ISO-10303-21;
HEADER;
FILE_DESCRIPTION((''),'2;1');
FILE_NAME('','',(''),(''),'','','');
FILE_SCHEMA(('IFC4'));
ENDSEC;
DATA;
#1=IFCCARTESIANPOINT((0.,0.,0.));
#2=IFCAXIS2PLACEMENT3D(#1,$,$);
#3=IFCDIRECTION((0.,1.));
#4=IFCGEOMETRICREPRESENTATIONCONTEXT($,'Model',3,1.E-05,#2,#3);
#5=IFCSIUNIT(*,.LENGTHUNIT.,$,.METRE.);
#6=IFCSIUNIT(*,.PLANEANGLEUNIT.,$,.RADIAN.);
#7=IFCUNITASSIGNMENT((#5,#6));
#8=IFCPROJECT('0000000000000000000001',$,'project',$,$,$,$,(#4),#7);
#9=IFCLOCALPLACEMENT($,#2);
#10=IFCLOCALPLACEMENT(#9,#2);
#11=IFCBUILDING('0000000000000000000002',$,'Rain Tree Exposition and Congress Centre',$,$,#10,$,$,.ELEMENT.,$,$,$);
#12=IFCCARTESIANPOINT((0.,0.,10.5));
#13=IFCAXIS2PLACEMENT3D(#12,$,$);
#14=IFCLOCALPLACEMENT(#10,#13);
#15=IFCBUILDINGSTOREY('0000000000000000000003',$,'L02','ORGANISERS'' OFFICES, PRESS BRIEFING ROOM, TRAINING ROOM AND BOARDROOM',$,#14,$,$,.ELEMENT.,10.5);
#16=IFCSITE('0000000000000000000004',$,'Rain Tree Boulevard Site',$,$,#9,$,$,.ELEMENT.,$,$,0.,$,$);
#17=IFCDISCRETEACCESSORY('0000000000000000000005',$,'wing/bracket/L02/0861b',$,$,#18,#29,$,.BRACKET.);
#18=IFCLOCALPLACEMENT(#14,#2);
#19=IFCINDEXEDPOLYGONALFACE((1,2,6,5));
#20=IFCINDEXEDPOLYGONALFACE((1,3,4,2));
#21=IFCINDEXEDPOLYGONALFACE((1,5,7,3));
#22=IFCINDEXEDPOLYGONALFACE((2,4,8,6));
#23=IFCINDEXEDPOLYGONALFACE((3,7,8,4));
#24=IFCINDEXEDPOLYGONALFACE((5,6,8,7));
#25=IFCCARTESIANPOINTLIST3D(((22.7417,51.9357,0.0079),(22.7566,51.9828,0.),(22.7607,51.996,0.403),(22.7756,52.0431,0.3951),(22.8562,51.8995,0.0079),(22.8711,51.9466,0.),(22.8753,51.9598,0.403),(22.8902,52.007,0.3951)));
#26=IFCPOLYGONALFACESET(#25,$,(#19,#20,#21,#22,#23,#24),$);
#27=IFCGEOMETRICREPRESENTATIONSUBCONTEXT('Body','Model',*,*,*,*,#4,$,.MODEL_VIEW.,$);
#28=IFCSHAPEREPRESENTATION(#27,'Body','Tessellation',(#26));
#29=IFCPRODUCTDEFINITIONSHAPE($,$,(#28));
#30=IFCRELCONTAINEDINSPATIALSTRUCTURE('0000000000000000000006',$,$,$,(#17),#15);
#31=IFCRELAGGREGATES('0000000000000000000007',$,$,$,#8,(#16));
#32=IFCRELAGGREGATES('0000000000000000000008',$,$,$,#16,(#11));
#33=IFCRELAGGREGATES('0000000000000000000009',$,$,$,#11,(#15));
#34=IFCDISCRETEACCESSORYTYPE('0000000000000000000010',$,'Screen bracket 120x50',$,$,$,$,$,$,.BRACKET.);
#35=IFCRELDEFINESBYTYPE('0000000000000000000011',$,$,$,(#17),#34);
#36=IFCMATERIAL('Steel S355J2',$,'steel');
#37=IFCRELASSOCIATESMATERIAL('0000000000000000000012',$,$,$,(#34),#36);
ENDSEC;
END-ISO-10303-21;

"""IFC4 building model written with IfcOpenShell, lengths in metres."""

from ifc_helpers import new_model, si_unit, direction, frame, origin, origin_2d, place, context, subcontext, project, spatial, rectangle, extrude, material, material_profile, profile_set, type_object, element, save


model = new_model("IFC4")

# Units and contexts
model_context = context("Model", 3, precision=1e-05, world=origin(), true_north=direction((0.0, 1.0)))
body_context = subcontext(model_context, "Body", "Model", "MODEL_VIEW")
ifc_project = project(units=[si_unit("LENGTHUNIT", "METRE"), si_unit("PLANEANGLEUNIT", "RADIAN")], contexts=[model_context])

# Site, building, storey
site_placement = place(None, origin())
site = spatial("IfcSite", under=ifc_project, at=site_placement, Name="Rain Tree Boulevard Site", CompositionType="ELEMENT", RefElevation=0.0)
building_placement = place(site_placement, origin())
building = spatial("IfcBuilding", under=site, at=building_placement, Name="Rain Tree Exposition and Congress Centre", CompositionType="ELEMENT")
storey_placement = place(building_placement, frame((0.0, 0.0, 10.5)))
storey = spatial("IfcBuildingStorey", under=building, at=storey_placement, Name="L02", Description="ORGANISERS' OFFICES, PRESS BRIEFING ROOM, TRAINING ROOM AND BOARDROOM", CompositionType="ELEMENT", Elevation=10.5)

# Discrete accessory
ifc_material_1 = material(Name="Steel S355J2", Category="steel")
ifc_material_profile_1 = material_profile(ifc_material_1, rectangle(XDim=0.1201, YDim=0.05, at=origin_2d()), Name="Flat bar 120x50")
ifc_profile_set_1 = profile_set([ifc_material_profile_1], Name="Steel S355J2")
discrete_accessory_type = type_object("IfcDiscreteAccessoryType", Name="Screen bracket 120x50", PredefinedType="BRACKET", material=ifc_profile_set_1)
discrete_accessory_placement = place(storey_placement, frame((22.8064, 51.9412, 0.0039), z_axis=(0.047602, 0.150738, 0.987427), x_axis=(-0.953583, 0.301131, 0.0)))
element("IfcDiscreteAccessory", 1, at=discrete_accessory_placement, inside=storey, type_object=discrete_accessory_type, Name="wing/bracket/L02/0861b", PredefinedType="BRACKET", context=body_context, shape_type="SweptSolid", body=[
    extrude(rectangle(XDim=0.1201, YDim=0.05, at=origin_2d()), origin(), (0.0, 0.0, 1.0), 0.4001),
])

save(model, "model.ifc")
